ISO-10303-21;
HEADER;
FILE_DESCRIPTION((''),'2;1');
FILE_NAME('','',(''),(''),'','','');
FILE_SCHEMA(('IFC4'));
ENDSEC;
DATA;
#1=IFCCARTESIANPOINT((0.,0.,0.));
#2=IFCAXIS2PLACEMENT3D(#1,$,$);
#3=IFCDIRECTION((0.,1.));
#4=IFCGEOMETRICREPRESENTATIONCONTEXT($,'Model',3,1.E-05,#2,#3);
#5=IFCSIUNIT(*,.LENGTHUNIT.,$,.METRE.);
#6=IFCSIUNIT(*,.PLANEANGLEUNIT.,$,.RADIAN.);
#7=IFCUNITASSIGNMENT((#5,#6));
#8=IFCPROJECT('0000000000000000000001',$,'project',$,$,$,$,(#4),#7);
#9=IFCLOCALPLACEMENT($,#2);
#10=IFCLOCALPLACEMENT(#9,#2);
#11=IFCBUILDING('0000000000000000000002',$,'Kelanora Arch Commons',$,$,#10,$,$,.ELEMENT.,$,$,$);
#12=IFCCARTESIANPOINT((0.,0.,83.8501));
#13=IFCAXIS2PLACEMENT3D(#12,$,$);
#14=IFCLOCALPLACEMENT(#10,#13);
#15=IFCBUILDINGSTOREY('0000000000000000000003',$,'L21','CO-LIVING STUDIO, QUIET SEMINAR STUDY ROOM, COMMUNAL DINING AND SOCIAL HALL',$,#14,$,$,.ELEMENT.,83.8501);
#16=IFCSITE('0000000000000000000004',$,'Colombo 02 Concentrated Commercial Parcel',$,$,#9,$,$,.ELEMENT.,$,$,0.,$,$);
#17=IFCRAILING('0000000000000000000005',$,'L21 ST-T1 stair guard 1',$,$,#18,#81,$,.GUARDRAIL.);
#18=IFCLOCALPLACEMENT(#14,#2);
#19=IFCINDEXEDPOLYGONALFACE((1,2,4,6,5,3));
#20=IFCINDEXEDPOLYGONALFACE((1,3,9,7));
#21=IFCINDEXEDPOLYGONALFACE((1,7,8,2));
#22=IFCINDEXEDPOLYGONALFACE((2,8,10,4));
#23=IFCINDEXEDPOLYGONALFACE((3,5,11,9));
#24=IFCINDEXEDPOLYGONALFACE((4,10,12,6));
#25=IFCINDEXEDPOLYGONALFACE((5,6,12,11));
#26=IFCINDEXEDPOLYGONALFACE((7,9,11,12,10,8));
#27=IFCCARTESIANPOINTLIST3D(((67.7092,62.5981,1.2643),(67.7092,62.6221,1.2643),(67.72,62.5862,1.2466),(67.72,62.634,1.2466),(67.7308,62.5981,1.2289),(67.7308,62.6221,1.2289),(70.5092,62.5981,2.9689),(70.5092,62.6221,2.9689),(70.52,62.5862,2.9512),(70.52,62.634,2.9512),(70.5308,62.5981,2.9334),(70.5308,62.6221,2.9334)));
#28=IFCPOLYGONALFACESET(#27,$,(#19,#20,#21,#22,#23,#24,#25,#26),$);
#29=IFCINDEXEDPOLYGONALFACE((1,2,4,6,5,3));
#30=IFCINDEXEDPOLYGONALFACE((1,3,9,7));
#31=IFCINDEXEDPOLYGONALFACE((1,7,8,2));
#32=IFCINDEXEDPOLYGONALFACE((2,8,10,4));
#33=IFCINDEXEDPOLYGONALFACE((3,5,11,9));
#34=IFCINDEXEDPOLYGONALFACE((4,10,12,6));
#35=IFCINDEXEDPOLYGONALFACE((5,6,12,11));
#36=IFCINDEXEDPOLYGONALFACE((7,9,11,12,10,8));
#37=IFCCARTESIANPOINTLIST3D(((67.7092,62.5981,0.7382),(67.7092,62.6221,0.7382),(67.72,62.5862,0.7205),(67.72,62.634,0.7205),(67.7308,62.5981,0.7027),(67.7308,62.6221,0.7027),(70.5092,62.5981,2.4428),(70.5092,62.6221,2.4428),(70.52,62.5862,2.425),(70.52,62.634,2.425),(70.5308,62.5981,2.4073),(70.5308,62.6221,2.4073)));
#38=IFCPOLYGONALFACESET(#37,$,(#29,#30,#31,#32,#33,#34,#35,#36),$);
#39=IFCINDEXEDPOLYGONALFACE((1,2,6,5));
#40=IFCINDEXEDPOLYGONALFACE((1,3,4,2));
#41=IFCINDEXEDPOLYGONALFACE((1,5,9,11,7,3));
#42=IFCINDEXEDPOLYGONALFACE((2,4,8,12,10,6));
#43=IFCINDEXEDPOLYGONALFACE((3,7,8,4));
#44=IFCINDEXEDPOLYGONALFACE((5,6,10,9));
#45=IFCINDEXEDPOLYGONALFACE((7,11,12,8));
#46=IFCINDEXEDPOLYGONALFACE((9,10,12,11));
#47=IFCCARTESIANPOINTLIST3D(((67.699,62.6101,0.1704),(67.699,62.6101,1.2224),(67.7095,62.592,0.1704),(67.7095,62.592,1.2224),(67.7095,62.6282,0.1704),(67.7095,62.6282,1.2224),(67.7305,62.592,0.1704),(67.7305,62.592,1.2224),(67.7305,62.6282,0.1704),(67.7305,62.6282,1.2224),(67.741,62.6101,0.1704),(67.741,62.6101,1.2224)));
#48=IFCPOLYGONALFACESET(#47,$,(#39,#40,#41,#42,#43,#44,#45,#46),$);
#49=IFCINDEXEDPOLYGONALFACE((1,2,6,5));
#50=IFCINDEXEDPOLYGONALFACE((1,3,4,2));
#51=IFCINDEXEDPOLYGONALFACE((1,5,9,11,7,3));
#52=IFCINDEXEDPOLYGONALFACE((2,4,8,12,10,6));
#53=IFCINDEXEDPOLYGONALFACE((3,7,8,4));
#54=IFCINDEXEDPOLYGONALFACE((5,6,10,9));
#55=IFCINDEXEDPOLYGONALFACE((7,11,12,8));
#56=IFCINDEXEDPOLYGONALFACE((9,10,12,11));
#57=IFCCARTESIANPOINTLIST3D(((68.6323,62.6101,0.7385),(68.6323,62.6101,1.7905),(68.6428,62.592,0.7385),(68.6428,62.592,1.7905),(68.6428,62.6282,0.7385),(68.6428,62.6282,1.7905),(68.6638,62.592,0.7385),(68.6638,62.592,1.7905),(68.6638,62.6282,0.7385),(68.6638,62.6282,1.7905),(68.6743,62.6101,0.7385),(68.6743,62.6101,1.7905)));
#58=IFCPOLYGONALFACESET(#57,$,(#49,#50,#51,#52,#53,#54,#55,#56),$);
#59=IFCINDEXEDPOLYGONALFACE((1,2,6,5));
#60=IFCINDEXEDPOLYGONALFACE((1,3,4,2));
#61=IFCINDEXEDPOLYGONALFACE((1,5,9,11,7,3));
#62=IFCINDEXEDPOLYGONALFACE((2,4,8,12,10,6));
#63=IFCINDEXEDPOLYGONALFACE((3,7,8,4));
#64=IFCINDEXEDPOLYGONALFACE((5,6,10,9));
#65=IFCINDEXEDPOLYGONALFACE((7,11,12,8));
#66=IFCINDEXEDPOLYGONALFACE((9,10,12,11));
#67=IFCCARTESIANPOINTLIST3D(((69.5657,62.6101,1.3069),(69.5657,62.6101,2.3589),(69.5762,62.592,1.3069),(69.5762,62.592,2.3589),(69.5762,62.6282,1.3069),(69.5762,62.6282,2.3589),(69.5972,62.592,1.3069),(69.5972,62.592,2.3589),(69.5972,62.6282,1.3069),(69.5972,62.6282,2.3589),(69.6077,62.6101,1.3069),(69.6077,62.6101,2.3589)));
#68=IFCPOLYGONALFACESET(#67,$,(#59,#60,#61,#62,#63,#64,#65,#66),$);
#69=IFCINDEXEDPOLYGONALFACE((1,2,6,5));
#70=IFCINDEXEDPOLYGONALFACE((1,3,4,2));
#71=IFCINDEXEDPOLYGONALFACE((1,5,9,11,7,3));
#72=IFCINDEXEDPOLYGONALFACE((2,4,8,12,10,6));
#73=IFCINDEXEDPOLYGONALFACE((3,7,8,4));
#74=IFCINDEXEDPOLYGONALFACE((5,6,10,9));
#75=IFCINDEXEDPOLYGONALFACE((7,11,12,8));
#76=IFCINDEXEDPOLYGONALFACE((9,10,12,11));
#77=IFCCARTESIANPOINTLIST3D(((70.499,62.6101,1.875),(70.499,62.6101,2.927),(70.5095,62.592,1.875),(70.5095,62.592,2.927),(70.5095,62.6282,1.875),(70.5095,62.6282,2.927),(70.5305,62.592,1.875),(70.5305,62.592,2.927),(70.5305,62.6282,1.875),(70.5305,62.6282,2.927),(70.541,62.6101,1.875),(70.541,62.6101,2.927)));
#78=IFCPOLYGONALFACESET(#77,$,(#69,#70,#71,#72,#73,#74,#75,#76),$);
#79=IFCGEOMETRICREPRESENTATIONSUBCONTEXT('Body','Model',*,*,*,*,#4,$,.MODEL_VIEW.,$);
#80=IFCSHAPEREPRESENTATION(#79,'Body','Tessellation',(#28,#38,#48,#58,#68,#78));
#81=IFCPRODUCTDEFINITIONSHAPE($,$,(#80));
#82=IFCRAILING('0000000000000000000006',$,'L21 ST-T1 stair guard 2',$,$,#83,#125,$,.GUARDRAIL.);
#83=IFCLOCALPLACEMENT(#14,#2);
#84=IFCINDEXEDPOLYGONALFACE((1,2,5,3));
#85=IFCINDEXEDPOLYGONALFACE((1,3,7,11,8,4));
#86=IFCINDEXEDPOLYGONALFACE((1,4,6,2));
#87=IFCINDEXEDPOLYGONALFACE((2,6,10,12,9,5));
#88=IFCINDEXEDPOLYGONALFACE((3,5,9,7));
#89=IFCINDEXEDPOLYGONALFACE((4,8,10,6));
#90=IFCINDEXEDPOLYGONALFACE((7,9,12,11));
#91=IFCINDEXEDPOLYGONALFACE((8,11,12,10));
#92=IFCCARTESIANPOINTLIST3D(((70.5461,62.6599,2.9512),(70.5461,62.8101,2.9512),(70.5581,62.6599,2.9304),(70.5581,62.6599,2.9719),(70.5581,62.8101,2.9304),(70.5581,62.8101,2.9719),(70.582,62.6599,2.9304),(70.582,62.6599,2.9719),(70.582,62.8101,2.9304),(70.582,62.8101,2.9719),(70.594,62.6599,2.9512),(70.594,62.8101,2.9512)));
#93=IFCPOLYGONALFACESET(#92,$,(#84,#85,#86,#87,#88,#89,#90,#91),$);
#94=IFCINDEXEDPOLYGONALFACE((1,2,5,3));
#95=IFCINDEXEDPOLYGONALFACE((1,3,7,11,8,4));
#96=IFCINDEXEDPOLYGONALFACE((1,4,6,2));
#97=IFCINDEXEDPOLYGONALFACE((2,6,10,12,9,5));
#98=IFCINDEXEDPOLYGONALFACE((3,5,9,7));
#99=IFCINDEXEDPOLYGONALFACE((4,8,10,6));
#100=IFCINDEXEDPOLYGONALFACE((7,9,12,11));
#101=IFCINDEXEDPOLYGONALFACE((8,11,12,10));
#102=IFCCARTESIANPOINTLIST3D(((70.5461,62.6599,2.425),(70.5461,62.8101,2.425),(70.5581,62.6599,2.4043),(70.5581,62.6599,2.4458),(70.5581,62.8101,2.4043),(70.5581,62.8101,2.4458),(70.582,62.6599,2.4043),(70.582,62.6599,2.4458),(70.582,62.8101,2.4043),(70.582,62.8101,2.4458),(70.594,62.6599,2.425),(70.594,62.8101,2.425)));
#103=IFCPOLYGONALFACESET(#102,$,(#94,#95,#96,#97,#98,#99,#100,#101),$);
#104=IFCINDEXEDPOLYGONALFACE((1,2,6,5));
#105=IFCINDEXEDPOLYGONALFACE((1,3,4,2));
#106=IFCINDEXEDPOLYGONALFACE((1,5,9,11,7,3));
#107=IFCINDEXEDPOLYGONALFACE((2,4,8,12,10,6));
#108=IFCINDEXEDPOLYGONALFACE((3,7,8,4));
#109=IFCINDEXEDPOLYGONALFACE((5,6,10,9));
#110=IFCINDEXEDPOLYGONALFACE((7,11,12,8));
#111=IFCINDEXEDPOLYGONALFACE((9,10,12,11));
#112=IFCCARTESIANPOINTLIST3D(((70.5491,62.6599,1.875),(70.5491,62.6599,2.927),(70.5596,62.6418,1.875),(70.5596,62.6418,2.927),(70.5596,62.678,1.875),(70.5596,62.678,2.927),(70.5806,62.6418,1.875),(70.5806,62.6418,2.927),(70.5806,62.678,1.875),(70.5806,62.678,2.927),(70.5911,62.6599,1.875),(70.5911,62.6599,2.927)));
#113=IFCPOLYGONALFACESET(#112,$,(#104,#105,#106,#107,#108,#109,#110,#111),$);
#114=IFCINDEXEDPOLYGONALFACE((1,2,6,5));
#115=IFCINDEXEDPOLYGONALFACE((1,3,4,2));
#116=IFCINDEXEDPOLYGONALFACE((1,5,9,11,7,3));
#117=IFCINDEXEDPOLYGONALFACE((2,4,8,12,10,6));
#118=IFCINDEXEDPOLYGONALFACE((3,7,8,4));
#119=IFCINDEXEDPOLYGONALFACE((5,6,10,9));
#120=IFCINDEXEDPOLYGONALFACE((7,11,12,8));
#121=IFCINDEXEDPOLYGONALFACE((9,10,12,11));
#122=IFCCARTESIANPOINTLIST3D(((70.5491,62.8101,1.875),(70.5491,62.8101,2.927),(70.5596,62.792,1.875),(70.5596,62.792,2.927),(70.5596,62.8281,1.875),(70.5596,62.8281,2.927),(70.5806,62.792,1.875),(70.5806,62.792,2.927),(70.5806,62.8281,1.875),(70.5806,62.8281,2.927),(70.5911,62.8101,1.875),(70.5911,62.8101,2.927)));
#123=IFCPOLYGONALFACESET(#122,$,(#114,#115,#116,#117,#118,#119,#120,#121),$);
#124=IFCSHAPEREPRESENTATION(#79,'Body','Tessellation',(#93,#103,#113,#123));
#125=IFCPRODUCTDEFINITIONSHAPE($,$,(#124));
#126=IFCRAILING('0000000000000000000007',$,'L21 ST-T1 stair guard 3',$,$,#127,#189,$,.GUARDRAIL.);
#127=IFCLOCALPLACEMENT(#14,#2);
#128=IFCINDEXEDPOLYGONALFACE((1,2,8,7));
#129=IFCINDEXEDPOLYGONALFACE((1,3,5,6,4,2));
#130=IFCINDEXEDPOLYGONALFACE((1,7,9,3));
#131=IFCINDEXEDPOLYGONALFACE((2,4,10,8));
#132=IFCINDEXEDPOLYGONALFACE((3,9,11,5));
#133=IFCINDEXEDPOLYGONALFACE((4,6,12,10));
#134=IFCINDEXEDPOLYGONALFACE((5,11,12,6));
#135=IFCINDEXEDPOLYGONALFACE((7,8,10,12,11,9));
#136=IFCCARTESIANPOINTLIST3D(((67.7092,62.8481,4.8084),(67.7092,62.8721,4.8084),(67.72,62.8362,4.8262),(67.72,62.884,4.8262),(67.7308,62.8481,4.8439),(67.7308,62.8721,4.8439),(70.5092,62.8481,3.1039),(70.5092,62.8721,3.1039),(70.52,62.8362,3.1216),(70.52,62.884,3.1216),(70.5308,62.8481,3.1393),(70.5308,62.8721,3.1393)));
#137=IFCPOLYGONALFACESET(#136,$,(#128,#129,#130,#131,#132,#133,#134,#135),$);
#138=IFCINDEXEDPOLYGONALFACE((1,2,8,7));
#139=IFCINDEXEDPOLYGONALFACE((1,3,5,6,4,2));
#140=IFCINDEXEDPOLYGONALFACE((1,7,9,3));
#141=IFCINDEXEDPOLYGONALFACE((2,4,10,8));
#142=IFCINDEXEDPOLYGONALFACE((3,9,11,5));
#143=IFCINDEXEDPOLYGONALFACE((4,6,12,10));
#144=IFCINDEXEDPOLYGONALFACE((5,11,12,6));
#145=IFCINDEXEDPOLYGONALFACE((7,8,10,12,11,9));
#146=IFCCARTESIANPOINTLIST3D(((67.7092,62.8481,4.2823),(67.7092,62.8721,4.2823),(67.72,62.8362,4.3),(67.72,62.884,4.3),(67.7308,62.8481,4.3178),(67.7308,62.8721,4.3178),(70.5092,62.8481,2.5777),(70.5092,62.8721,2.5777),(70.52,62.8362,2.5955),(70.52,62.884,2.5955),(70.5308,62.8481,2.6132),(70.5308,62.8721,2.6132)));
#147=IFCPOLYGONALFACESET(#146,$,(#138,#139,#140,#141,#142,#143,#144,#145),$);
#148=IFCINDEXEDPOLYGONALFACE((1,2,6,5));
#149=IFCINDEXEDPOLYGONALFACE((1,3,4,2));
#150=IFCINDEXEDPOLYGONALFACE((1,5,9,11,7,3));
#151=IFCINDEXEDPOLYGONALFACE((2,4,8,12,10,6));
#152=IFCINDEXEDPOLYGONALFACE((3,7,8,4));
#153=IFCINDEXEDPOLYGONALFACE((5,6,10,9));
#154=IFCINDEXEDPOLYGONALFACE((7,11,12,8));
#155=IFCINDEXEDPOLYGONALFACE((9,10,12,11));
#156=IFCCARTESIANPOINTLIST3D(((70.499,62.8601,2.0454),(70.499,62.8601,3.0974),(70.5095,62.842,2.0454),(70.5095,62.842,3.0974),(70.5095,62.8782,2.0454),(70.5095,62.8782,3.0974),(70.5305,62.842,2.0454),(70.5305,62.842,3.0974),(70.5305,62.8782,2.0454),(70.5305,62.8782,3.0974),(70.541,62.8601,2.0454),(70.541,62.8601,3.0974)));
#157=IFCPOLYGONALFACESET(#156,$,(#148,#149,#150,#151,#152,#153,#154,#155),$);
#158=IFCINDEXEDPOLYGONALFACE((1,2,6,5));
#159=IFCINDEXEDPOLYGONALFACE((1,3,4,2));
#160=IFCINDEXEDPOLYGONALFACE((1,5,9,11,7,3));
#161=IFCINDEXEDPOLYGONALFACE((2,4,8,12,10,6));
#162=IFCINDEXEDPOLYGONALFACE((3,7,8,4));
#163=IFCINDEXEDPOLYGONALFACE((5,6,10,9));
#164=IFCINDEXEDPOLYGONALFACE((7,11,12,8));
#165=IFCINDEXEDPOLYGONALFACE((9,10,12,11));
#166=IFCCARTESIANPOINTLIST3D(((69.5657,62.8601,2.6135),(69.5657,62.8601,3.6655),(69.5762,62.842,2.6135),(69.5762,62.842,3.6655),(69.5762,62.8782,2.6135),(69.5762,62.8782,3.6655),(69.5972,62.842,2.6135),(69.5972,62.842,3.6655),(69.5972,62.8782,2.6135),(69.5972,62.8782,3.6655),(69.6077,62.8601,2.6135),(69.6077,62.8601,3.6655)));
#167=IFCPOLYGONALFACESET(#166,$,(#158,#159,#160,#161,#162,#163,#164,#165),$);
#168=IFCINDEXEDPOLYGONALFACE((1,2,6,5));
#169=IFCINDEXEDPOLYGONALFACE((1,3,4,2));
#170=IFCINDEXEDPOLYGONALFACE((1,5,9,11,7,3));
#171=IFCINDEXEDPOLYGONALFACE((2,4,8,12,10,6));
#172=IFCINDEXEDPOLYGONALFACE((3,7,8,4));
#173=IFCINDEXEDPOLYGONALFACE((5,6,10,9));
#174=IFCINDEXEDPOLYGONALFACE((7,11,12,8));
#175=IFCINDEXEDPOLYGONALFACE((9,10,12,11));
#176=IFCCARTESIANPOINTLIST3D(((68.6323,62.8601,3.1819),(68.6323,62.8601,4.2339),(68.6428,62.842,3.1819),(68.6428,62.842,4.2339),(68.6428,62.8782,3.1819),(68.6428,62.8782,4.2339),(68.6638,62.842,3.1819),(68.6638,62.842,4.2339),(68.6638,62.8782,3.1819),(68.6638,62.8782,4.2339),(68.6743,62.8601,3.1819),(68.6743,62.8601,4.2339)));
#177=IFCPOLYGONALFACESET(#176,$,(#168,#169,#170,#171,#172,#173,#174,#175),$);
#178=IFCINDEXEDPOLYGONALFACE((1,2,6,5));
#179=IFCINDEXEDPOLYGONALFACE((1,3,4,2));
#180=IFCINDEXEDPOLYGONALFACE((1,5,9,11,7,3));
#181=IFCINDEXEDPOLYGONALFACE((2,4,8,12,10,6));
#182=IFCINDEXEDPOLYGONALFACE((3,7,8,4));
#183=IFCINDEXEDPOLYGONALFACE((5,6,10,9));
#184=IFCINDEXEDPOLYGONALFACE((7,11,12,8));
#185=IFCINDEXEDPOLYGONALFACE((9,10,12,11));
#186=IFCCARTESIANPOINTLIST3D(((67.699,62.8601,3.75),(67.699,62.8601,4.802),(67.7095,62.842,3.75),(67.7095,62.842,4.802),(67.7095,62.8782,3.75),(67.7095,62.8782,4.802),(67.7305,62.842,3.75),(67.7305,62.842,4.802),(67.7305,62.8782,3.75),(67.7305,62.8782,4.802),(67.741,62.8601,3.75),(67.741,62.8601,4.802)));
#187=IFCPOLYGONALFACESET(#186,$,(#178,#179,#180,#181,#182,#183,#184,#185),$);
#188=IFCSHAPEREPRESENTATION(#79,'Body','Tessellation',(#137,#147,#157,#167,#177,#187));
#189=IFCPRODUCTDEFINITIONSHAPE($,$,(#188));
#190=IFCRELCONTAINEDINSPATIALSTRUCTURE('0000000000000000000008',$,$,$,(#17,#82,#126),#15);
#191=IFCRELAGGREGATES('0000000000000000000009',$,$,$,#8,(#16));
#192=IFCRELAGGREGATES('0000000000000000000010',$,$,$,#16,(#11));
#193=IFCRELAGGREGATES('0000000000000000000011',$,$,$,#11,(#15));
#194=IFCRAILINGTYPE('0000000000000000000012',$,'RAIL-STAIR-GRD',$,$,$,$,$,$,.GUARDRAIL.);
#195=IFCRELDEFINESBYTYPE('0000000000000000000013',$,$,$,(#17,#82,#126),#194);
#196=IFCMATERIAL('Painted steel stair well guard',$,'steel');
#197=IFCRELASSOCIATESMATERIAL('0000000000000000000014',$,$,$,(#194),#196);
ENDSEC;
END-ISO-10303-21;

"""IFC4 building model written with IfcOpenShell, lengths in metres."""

from ifc_helpers import new_model, si_unit, direction, frame, origin, place, context, subcontext, project, spatial, polyline, outline, extrude, material, type_object, element, save


model = new_model("IFC4")

# Units and contexts
model_context = context("Model", 3, precision=1e-05, world=origin(), true_north=direction((0.0, 1.0)))
body_context = subcontext(model_context, "Body", "Model", "MODEL_VIEW")
ifc_project = project(units=[si_unit("LENGTHUNIT", "METRE"), si_unit("PLANEANGLEUNIT", "RADIAN")], contexts=[model_context])

# Site, building, storey
site_placement = place(None, origin())
site = spatial("IfcSite", under=ifc_project, at=site_placement, Name="Colombo 02 Concentrated Commercial Parcel", CompositionType="ELEMENT", RefElevation=0.0)
building_placement = place(site_placement, origin())
building = spatial("IfcBuilding", under=site, at=building_placement, Name="Kelanora Arch Commons", CompositionType="ELEMENT")
storey_placement = place(building_placement, frame((0.0, 0.0, 83.8501)))
storey = spatial("IfcBuildingStorey", under=building, at=storey_placement, Name="L21", Description="CO-LIVING STUDIO, QUIET SEMINAR STUDY ROOM, COMMUNAL DINING AND SOCIAL HALL", CompositionType="ELEMENT", Elevation=83.8501)

# Railings
ifc_material_1 = material(Name="Painted steel stair well guard", Category="steel")
railing_type_1 = type_object("IfcRailingType", Name="RAIL-STAIR-GRD", PredefinedType="GUARDRAIL", material=ifc_material_1)
railing_1_placement = place(storey_placement, frame((67.72, 62.6101, 0.1704)))
element("IfcRailing", 1, at=railing_1_placement, inside=storey, type_object=railing_type_1, Name="L21 ST-T1 stair guard 1", PredefinedType="GUARDRAIL", context=body_context, shape_type="SweptSolid", body=[
    extrude(outline(polyline([(0.0239, 0.0), (0.012, 0.0208), (-0.012, 0.0208), (-0.0239, 0.0), (-0.012, -0.0208), (0.012, -0.0208), (0.0239, 0.0)])), frame((0.0, 0.0, 1.0762), z_axis=(0.85417, 0.0, 0.519994), x_axis=(0.0, 1.0, 0.0)), (0.0, 0.0, 1.0), 3.2781),
    extrude(outline(polyline([(0.0239, 0.0), (0.012, 0.0208), (-0.012, 0.0208), (-0.0239, 0.0), (-0.012, -0.0208), (0.012, -0.0208), (0.0239, 0.0)])), frame((0.0, 0.0, 0.55), z_axis=(0.85417, 0.0, 0.519994), x_axis=(0.0, 1.0, 0.0)), (0.0, 0.0, 1.0), 3.2781),
    extrude(outline(polyline([(0.021, 0.0), (0.0105, 0.0181), (-0.0105, 0.0181), (-0.021, 0.0), (-0.0105, -0.0181), (0.0105, -0.0181), (0.021, 0.0)])), origin(), (0.0, 0.0, 1.0), 1.052),
    extrude(outline(polyline([(0.021, 0.0), (0.0105, 0.0181), (-0.0105, 0.0181), (-0.021, 0.0), (-0.0105, -0.0181), (0.0105, -0.0181), (0.021, 0.0)])), frame((0.9333, 0.0, 0.5681)), (0.0, 0.0, 1.0), 1.052),
    extrude(outline(polyline([(0.021, 0.0), (0.0105, 0.0181), (-0.0105, 0.0181), (-0.021, 0.0), (-0.0105, -0.0181), (0.0105, -0.0181), (0.021, 0.0)])), frame((1.8667, 0.0, 1.1365)), (0.0, 0.0, 1.0), 1.052),
    extrude(outline(polyline([(0.021, 0.0), (0.0105, 0.0181), (-0.0105, 0.0181), (-0.021, 0.0), (-0.0105, -0.0181), (0.0105, -0.0181), (0.021, 0.0)])), frame((2.8, 0.0, 1.7046)), (0.0, 0.0, 1.0), 1.052),
])
railing_2_placement = place(storey_placement, frame((70.5701, 62.6599, 1.875)))
element("IfcRailing", 2, at=railing_2_placement, inside=storey, type_object=railing_type_1, Name="L21 ST-T1 stair guard 2", PredefinedType="GUARDRAIL", context=body_context, shape_type="SweptSolid", body=[
    extrude(outline(polyline([(0.0239, 0.0), (0.012, 0.0208), (-0.012, 0.0208), (-0.0239, 0.0), (-0.012, -0.0208), (0.012, -0.0208), (0.0239, 0.0)])), frame((0.0, 0.0, 1.0762), z_axis=(0.0, 1.0, 0.0), x_axis=(-1.0, 0.0, 0.0)), (0.0, 0.0, 1.0), 0.1501),
    extrude(outline(polyline([(0.0239, 0.0), (0.012, 0.0208), (-0.012, 0.0208), (-0.0239, 0.0), (-0.012, -0.0208), (0.012, -0.0208), (0.0239, 0.0)])), frame((0.0, 0.0, 0.55), z_axis=(0.0, 1.0, 0.0), x_axis=(-1.0, 0.0, 0.0)), (0.0, 0.0, 1.0), 0.1501),
    extrude(outline(polyline([(0.021, 0.0), (0.0105, 0.0181), (-0.0105, 0.0181), (-0.021, 0.0), (-0.0105, -0.0181), (0.0105, -0.0181), (0.021, 0.0)])), origin(), (0.0, 0.0, 1.0), 1.052),
    extrude(outline(polyline([(0.021, 0.0), (0.0105, 0.0181), (-0.0105, 0.0181), (-0.021, 0.0), (-0.0105, -0.0181), (0.0105, -0.0181), (0.021, 0.0)])), frame((0.0, 0.1501, 0.0)), (0.0, 0.0, 1.0), 1.052),
])
railing_3_placement = place(storey_placement, frame((70.52, 62.8601, 2.0454)))
element("IfcRailing", 3, at=railing_3_placement, inside=storey, type_object=railing_type_1, Name="L21 ST-T1 stair guard 3", PredefinedType="GUARDRAIL", context=body_context, shape_type="SweptSolid", body=[
    extrude(outline(polyline([(0.0239, 0.0), (0.012, 0.0208), (-0.012, 0.0208), (-0.0239, 0.0), (-0.012, -0.0208), (0.012, -0.0208), (0.0239, 0.0)])), frame((0.0, 0.0, 1.0762), z_axis=(-0.85417, 0.0, 0.519994), x_axis=(0.0, -1.0, 0.0)), (0.0, 0.0, 1.0), 3.2781),
    extrude(outline(polyline([(0.0239, 0.0), (0.012, 0.0208), (-0.012, 0.0208), (-0.0239, 0.0), (-0.012, -0.0208), (0.012, -0.0208), (0.0239, 0.0)])), frame((0.0, 0.0, 0.55), z_axis=(-0.85417, 0.0, 0.519994), x_axis=(0.0, -1.0, 0.0)), (0.0, 0.0, 1.0), 3.2781),
    extrude(outline(polyline([(0.021, 0.0), (0.0105, 0.0181), (-0.0105, 0.0181), (-0.021, 0.0), (-0.0105, -0.0181), (0.0105, -0.0181), (0.021, 0.0)])), origin(), (0.0, 0.0, 1.0), 1.052),
    extrude(outline(polyline([(0.021, 0.0), (0.0105, 0.0181), (-0.0105, 0.0181), (-0.021, 0.0), (-0.0105, -0.0181), (0.0105, -0.0181), (0.021, 0.0)])), frame((-0.9333, 0.0, 0.5681)), (0.0, 0.0, 1.0), 1.052),
    extrude(outline(polyline([(0.021, 0.0), (0.0105, 0.0181), (-0.0105, 0.0181), (-0.021, 0.0), (-0.0105, -0.0181), (0.0105, -0.0181), (0.021, 0.0)])), frame((-1.8667, 0.0, 1.1365)), (0.0, 0.0, 1.0), 1.052),
    extrude(outline(polyline([(0.021, 0.0), (0.0105, 0.0181), (-0.0105, 0.0181), (-0.021, 0.0), (-0.0105, -0.0181), (0.0105, -0.0181), (0.021, 0.0)])), frame((-2.8, 0.0, 1.7046)), (0.0, 0.0, 1.0), 1.052),
])

save(model, "model.ifc")
